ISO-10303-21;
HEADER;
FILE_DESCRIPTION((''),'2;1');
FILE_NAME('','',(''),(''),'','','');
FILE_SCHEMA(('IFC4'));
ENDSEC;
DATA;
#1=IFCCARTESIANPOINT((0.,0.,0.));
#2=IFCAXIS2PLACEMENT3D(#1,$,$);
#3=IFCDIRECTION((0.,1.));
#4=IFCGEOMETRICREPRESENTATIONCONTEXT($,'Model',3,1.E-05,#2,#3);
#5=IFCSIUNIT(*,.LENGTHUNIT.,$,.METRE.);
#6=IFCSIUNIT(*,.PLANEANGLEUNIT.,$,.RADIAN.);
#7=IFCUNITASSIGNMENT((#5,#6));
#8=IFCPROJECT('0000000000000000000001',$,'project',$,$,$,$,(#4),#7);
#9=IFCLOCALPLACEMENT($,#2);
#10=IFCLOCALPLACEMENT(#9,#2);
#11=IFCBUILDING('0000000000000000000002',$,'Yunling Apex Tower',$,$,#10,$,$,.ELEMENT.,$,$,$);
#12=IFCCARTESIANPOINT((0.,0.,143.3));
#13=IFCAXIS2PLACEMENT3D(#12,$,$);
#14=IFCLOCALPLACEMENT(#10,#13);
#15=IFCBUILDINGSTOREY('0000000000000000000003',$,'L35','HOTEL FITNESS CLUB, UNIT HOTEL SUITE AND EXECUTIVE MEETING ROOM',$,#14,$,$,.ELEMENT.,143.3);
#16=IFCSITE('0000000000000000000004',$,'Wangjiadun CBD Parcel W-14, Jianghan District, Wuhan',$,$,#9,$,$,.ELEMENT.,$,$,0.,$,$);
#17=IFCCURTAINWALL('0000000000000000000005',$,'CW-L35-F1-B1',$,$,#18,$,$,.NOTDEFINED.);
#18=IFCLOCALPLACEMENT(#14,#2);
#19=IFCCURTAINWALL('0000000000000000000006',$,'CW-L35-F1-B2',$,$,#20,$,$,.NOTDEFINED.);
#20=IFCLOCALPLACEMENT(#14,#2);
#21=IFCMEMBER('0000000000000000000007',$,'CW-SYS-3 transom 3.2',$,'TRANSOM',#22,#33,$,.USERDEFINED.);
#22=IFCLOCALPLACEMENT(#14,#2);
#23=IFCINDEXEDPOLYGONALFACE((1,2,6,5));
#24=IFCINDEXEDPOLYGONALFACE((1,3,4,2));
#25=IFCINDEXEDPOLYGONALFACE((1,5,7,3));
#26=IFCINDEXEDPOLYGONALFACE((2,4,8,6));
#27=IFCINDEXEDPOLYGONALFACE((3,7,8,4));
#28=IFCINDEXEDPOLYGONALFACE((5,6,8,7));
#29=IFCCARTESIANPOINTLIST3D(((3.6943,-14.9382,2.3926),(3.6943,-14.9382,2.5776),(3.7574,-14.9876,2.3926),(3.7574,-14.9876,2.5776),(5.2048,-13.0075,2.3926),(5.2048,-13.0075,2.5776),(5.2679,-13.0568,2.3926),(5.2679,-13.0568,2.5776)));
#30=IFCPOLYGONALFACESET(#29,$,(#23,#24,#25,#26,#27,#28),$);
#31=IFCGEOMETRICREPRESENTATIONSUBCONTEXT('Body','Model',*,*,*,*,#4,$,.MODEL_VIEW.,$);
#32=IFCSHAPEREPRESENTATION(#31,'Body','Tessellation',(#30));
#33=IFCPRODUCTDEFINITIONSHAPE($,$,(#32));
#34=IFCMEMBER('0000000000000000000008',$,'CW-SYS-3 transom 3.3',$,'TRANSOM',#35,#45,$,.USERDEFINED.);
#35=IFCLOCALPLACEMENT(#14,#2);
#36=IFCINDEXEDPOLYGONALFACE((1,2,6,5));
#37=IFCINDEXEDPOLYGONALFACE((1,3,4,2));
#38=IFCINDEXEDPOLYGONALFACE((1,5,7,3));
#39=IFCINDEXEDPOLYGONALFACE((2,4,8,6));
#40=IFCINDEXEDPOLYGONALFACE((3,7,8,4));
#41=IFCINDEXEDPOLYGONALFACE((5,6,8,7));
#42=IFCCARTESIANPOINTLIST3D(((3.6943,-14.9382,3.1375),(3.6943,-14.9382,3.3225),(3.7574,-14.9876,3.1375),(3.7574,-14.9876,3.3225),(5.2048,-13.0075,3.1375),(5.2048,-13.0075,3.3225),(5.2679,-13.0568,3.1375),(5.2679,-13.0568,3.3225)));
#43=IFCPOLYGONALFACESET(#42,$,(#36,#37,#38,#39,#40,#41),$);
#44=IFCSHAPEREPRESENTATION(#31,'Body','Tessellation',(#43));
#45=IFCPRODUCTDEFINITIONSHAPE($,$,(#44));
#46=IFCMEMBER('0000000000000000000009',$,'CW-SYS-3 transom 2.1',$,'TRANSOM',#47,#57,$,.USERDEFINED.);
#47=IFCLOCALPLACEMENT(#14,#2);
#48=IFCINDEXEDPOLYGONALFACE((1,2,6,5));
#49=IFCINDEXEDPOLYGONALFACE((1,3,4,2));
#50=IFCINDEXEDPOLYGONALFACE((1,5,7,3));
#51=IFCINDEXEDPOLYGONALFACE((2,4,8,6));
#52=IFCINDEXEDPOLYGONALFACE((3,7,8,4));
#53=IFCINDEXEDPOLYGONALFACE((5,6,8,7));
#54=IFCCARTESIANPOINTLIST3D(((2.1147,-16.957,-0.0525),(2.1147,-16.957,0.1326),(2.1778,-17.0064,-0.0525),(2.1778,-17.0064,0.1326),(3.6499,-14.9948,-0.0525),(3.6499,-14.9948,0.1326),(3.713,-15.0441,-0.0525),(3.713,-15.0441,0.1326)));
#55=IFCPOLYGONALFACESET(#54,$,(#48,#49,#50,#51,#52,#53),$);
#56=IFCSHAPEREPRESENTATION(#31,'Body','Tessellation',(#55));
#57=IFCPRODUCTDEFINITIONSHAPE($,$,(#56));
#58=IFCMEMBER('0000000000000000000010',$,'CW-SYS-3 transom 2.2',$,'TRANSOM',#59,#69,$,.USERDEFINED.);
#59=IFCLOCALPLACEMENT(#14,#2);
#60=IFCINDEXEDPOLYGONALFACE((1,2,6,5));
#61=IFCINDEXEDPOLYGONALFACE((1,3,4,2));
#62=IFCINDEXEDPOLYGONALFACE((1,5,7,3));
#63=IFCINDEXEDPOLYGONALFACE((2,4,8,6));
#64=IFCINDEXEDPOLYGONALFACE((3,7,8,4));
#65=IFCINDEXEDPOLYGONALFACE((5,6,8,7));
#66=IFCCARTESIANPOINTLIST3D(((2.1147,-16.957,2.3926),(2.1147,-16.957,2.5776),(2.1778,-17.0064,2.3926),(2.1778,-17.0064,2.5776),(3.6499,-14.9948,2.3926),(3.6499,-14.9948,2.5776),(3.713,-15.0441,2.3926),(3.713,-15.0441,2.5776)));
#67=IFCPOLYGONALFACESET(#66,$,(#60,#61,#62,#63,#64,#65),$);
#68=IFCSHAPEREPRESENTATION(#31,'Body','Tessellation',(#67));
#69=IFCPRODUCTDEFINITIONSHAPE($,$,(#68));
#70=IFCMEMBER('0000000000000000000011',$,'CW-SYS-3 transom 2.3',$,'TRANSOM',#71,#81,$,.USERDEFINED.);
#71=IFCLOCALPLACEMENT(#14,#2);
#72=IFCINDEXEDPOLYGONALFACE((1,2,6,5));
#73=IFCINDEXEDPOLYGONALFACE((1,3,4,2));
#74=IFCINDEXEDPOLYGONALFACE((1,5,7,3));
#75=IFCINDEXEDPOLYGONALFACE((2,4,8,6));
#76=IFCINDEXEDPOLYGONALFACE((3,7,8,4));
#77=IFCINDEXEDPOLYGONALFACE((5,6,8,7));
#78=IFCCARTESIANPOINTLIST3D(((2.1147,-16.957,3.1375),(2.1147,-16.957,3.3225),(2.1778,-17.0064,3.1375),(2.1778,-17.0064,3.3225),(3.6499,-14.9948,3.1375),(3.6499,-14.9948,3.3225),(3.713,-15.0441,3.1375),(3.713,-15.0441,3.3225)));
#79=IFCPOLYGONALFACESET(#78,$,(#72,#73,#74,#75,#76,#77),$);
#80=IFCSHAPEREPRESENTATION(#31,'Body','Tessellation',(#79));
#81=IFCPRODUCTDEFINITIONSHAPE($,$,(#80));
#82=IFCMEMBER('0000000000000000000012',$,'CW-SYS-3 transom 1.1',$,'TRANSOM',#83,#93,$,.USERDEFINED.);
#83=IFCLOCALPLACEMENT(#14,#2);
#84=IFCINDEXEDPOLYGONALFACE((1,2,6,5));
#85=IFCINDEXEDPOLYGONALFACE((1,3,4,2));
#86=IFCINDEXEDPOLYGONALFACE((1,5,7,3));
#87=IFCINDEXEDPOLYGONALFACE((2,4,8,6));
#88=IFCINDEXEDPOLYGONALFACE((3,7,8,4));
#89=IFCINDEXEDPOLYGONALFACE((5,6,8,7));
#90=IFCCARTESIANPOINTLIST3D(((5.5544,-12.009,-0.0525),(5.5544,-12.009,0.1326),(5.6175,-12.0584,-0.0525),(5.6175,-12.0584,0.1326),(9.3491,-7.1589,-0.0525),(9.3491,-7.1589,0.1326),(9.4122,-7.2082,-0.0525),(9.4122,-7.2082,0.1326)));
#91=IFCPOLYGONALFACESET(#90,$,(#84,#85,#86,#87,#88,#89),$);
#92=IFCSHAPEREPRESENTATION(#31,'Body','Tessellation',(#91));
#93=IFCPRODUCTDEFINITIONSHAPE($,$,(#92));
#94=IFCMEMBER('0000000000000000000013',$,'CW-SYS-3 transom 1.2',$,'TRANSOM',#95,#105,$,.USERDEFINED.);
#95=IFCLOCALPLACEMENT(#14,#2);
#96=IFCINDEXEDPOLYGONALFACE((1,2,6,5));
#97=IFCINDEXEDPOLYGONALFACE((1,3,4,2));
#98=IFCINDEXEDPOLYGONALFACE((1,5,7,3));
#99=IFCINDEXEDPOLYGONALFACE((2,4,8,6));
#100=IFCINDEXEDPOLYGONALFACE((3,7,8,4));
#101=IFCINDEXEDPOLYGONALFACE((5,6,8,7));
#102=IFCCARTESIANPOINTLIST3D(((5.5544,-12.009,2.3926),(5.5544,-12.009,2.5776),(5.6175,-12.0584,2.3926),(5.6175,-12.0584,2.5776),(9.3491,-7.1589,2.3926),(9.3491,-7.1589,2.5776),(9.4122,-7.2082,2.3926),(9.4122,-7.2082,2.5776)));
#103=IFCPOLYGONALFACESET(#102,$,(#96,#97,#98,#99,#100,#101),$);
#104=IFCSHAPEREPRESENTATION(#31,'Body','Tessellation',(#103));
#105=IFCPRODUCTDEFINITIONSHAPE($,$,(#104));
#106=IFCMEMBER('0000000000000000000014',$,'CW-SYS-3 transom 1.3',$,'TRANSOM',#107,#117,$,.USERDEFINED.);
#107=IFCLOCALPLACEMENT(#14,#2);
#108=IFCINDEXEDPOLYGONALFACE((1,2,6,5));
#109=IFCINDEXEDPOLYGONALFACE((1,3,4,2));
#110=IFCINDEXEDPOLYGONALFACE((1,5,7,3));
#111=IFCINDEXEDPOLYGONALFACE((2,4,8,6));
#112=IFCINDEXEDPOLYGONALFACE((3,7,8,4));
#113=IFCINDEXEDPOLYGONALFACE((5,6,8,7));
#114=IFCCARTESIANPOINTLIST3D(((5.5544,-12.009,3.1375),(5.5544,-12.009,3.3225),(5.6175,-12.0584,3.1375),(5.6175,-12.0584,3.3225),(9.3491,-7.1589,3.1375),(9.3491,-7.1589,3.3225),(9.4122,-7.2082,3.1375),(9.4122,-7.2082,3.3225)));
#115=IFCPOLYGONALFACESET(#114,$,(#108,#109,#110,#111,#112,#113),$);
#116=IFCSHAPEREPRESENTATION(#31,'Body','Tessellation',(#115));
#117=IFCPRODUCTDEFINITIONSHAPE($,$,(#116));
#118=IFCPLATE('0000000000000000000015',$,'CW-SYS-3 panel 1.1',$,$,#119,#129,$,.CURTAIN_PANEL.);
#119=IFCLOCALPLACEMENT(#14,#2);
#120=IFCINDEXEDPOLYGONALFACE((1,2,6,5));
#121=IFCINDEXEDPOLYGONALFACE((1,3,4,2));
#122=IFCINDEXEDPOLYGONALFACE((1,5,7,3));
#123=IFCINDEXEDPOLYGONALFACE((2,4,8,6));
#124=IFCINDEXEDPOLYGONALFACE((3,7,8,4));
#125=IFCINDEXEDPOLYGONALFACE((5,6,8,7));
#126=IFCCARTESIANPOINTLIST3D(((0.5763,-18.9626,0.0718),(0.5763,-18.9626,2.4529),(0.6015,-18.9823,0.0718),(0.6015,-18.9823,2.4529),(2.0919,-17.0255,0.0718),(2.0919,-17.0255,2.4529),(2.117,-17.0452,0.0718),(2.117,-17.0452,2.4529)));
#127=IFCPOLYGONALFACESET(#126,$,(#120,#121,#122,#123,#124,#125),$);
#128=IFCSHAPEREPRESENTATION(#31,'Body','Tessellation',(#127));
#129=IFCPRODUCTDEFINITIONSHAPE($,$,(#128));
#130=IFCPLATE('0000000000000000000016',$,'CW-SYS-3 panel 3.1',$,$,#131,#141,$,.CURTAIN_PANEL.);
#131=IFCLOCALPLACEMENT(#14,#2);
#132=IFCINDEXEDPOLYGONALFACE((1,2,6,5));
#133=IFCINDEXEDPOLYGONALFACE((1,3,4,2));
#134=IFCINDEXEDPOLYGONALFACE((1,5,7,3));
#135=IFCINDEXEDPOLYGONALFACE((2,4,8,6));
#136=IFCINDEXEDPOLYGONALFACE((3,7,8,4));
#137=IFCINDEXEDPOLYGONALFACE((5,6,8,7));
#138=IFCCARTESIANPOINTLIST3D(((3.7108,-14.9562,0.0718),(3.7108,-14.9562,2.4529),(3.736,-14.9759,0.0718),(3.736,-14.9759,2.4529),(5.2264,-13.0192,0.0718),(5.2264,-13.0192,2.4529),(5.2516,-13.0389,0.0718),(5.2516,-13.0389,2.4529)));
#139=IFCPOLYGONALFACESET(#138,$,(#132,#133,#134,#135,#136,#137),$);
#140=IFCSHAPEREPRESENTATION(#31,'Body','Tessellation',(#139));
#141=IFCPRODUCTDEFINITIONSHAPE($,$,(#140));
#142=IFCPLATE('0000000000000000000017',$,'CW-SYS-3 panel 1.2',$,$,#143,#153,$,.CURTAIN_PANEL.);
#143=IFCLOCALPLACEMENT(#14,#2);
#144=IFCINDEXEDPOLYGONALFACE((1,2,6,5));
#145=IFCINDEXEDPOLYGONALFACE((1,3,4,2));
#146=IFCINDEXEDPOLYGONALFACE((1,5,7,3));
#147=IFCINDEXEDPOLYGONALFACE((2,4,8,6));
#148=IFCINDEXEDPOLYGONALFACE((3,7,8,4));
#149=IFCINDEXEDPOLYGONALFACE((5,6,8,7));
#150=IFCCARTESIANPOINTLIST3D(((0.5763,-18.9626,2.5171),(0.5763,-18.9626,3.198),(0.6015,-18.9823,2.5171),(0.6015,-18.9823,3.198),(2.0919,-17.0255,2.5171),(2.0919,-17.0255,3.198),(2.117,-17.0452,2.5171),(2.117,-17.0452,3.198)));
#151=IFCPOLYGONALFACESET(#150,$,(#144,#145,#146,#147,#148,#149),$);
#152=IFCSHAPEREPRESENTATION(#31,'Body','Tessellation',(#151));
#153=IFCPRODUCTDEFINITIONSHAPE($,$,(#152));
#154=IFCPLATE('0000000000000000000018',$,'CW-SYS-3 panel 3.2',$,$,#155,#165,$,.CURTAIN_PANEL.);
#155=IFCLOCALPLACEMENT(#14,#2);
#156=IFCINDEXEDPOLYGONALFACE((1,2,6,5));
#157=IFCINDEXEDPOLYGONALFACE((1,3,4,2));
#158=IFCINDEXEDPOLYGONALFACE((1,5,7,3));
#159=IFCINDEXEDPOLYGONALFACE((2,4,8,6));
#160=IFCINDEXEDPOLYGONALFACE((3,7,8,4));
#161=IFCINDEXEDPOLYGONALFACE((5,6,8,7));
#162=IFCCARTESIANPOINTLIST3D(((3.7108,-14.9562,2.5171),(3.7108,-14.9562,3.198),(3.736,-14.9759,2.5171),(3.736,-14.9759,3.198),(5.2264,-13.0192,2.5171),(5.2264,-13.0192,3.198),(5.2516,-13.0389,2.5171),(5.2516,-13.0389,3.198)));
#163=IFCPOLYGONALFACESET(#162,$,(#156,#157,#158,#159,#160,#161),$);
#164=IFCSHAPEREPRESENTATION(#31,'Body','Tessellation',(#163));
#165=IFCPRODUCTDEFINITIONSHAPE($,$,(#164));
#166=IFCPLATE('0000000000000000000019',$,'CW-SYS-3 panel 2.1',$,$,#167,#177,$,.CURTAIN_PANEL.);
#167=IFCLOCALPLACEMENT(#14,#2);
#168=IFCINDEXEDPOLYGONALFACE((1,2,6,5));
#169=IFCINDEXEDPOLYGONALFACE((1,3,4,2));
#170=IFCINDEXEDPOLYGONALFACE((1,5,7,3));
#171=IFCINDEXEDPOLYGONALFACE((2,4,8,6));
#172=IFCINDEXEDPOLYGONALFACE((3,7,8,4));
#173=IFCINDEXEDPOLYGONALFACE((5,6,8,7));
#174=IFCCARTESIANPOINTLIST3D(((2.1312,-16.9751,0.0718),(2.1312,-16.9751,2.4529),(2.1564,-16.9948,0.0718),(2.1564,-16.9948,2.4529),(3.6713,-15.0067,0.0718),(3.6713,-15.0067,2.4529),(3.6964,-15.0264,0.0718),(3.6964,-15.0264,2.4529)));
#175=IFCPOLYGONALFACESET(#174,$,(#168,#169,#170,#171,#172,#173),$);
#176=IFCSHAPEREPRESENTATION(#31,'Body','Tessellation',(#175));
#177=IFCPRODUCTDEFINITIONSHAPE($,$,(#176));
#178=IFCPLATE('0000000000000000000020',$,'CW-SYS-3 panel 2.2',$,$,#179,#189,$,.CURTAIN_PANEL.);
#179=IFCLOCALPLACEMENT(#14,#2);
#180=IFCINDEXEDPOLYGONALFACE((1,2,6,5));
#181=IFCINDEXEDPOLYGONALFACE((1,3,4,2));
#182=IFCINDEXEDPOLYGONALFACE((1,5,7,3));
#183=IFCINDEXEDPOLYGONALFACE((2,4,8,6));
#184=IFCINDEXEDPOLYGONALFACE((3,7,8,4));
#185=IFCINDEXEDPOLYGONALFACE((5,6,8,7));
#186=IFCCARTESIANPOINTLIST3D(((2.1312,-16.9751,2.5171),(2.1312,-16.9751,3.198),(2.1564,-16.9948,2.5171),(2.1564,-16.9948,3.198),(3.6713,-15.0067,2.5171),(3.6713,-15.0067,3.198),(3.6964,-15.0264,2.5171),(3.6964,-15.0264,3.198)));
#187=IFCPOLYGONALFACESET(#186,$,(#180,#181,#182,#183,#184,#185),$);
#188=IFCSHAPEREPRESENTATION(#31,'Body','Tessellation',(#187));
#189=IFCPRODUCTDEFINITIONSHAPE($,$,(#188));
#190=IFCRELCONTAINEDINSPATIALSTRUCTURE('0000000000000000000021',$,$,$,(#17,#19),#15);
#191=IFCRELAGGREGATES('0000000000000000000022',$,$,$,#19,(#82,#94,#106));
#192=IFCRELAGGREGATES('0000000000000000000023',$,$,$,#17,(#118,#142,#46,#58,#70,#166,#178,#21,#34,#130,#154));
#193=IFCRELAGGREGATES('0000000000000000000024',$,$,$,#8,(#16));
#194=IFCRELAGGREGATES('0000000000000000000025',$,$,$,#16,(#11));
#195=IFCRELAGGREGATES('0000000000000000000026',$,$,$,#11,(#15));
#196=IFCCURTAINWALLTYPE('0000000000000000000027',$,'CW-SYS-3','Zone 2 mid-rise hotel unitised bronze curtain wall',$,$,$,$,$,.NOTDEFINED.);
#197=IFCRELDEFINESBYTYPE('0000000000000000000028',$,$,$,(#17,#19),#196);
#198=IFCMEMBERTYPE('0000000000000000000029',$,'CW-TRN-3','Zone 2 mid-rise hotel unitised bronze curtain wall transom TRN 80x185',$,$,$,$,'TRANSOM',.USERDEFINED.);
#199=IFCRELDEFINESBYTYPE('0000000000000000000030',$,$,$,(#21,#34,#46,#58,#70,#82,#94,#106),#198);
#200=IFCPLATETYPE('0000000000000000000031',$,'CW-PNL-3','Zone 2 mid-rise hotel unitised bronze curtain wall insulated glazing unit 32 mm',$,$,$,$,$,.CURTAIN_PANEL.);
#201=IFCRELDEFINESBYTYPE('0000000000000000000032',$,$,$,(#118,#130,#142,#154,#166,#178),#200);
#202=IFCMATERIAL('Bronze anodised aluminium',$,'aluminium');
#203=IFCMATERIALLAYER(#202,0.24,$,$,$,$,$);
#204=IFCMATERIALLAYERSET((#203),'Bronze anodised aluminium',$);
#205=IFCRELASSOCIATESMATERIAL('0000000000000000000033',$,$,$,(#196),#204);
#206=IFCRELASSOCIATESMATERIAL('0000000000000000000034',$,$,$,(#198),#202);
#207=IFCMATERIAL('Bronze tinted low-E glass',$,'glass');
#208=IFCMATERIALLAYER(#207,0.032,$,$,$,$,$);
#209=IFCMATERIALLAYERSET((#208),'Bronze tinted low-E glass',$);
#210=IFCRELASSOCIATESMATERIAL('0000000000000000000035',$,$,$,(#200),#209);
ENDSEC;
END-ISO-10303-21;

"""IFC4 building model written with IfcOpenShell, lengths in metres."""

from ifc_helpers import new_model, si_unit, direction, frame, origin, origin_2d, place, context, subcontext, project, spatial, rectangle, extrude, source, transform, mapped, material, layer, layer_set, material_profile, profile_set, type_object, element, aggregate, save


model = new_model("IFC4")

# Units and contexts
model_context = context("Model", 3, precision=1e-05, world=origin(), true_north=direction((0.0, 1.0)))
body_context = subcontext(model_context, "Body", "Model", "MODEL_VIEW")
ifc_project = project(units=[si_unit("LENGTHUNIT", "METRE"), si_unit("PLANEANGLEUNIT", "RADIAN")], contexts=[model_context])

# Site, building, storey
site_placement = place(None, origin())
site = spatial("IfcSite", under=ifc_project, at=site_placement, Name="Wangjiadun CBD Parcel W-14, Jianghan District, Wuhan", CompositionType="ELEMENT", RefElevation=0.0)
building_placement = place(site_placement, origin())
building = spatial("IfcBuilding", under=site, at=building_placement, Name="Yunling Apex Tower", CompositionType="ELEMENT")
storey_placement = place(building_placement, frame((0.0, 0.0, 143.3)))
storey = spatial("IfcBuildingStorey", under=building, at=storey_placement, Name="L35", Description="HOTEL FITNESS CLUB, UNIT HOTEL SUITE AND EXECUTIVE MEETING ROOM", CompositionType="ELEMENT", Elevation=143.3)

# Curtain wall
ifc_material_1 = material(Name="Bronze anodised aluminium", Category="aluminium")
ifc_layer_1 = layer(ifc_material_1, 0.24)
ifc_layer_set_1 = layer_set([ifc_layer_1], Name="Bronze anodised aluminium")
curtain_wall_type = type_object("IfcCurtainWallType", Name="CW-SYS-3", Description="Zone 2 mid-rise hotel unitised bronze curtain wall", PredefinedType="NOTDEFINED", material=ifc_layer_set_1)
curtain_wall_1_placement = place(storey_placement, origin())
curtain_wall_1 = element("IfcCurtainWall", 1, at=curtain_wall_1_placement, inside=storey, type_object=curtain_wall_type, Name="CW-L35-F1-B1", PredefinedType="NOTDEFINED")

# Curtain wall
curtain_wall_2_placement = place(storey_placement, origin())
curtain_wall_2 = element("IfcCurtainWall", 2, at=curtain_wall_2_placement, inside=storey, type_object=curtain_wall_type, Name="CW-L35-F1-B2", PredefinedType="NOTDEFINED")

# Members
ifc_material_profile_1 = material_profile(ifc_material_1, rectangle(XDim=0.0801, YDim=0.1851, at=origin_2d()))
ifc_profile_set_1 = profile_set([ifc_material_profile_1], Name="Bronze anodised aluminium")
member_type_1 = type_object("IfcMemberType", Name="CW-TRN-3", Description="Zone 2 mid-rise hotel unitised bronze curtain wall transom TRN 80x185", ElementType="TRANSOM", PredefinedType="USERDEFINED", material=ifc_profile_set_1)
shared_shape_1 = source(origin(), body_context, "Body", "SweptSolid", [
    extrude(rectangle(XDim=0.0801, YDim=0.1851, at=origin_2d()), origin(), (0.0, 0.0, 1.0), 2.4514),
])
member_1_placement = place(storey_placement, frame((3.7258, -14.9629, 2.4851), z_axis=(0.616193, 0.787595, 0.0), x_axis=(-0.787595, 0.616193, 0.0)))
member_1 = element("IfcMember", 3, at=member_1_placement, type_object=member_type_1, Name="CW-SYS-3 transom 3.2", ObjectType="TRANSOM", PredefinedType="USERDEFINED", context=body_context, shape_type="MappedRepresentation", body=[
    mapped(shared_shape_1, transform((0.0, 0.0, 0.0), scale=1.0)),
])
member_2_placement = place(storey_placement, frame((3.7258, -14.9629, 3.23), z_axis=(0.616193, 0.787595, 0.0), x_axis=(-0.787595, 0.616193, 0.0)))
member_2 = element("IfcMember", 4, at=member_2_placement, type_object=member_type_1, Name="CW-SYS-3 transom 3.3", ObjectType="TRANSOM", PredefinedType="USERDEFINED", context=body_context, shape_type="MappedRepresentation", body=[
    mapped(shared_shape_1, transform((0.0, 0.0, 0.0), scale=1.0)),
])
shared_shape_2 = source(origin(), body_context, "Body", "SweptSolid", [
    extrude(rectangle(XDim=0.0801, YDim=0.1851, at=origin_2d()), origin(), (0.0, 0.0, 1.0), 2.4915),
])
member_3_placement = place(storey_placement, frame((2.1462, -16.9817, 0.04), z_axis=(0.616197, 0.787592, 0.0), x_axis=(-0.787592, 0.616197, 0.0)))
member_3 = element("IfcMember", 5, at=member_3_placement, type_object=member_type_1, Name="CW-SYS-3 transom 2.1", ObjectType="TRANSOM", PredefinedType="USERDEFINED", context=body_context, shape_type="MappedRepresentation", body=[
    mapped(shared_shape_2, transform((0.0, 0.0, 0.0), scale=1.0)),
])
member_4_placement = place(storey_placement, frame((2.1462, -16.9817, 2.4851), z_axis=(0.616197, 0.787592, 0.0), x_axis=(-0.787592, 0.616197, 0.0)))
member_4 = element("IfcMember", 6, at=member_4_placement, type_object=member_type_1, Name="CW-SYS-3 transom 2.2", ObjectType="TRANSOM", PredefinedType="USERDEFINED", context=body_context, shape_type="MappedRepresentation", body=[
    mapped(shared_shape_2, transform((0.0, 0.0, 0.0), scale=1.0)),
])
member_5_placement = place(storey_placement, frame((2.1462, -16.9817, 3.23), z_axis=(0.616197, 0.787592, 0.0), x_axis=(-0.787592, 0.616197, 0.0)))
member_5 = element("IfcMember", 7, at=member_5_placement, type_object=member_type_1, Name="CW-SYS-3 transom 2.3", ObjectType="TRANSOM", PredefinedType="USERDEFINED", context=body_context, shape_type="MappedRepresentation", body=[
    mapped(shared_shape_2, transform((0.0, 0.0, 0.0), scale=1.0)),
])
shared_shape_3 = source(origin(), body_context, "Body", "SweptSolid", [
    extrude(rectangle(XDim=0.0801, YDim=0.1851, at=origin_2d()), origin(), (0.0, 0.0, 1.0), 6.1582),
])
member_6_placement = place(storey_placement, frame((5.5859, -12.0337, 0.04), z_axis=(0.616202, 0.787588, 0.0), x_axis=(-0.787588, 0.616202, 0.0)))
member_6 = element("IfcMember", 8, at=member_6_placement, type_object=member_type_1, Name="CW-SYS-3 transom 1.1", ObjectType="TRANSOM", PredefinedType="USERDEFINED", context=body_context, shape_type="MappedRepresentation", body=[
    mapped(shared_shape_3, transform((0.0, 0.0, 0.0), scale=1.0)),
])
member_7_placement = place(storey_placement, frame((5.5859, -12.0337, 2.4851), z_axis=(0.616202, 0.787588, 0.0), x_axis=(-0.787588, 0.616202, 0.0)))
member_7 = element("IfcMember", 9, at=member_7_placement, type_object=member_type_1, Name="CW-SYS-3 transom 1.2", ObjectType="TRANSOM", PredefinedType="USERDEFINED", context=body_context, shape_type="MappedRepresentation", body=[
    mapped(shared_shape_3, transform((0.0, 0.0, 0.0), scale=1.0)),
])
member_8_placement = place(storey_placement, frame((5.5859, -12.0337, 3.23), z_axis=(0.616202, 0.787588, 0.0), x_axis=(-0.787588, 0.616202, 0.0)))
member_8 = element("IfcMember", 10, at=member_8_placement, type_object=member_type_1, Name="CW-SYS-3 transom 1.3", ObjectType="TRANSOM", PredefinedType="USERDEFINED", context=body_context, shape_type="MappedRepresentation", body=[
    mapped(shared_shape_3, transform((0.0, 0.0, 0.0), scale=1.0)),
])
aggregate(curtain_wall_2, [member_6, member_7, member_8])

# Plates
ifc_material_2 = material(Name="Bronze tinted low-E glass", Category="glass")
ifc_layer_2 = layer(ifc_material_2, 0.032)
ifc_layer_set_2 = layer_set([ifc_layer_2], Name="Bronze tinted low-E glass")
plate_type = type_object("IfcPlateType", Name="CW-PNL-3", Description="Zone 2 mid-rise hotel unitised bronze curtain wall insulated glazing unit 32 mm", PredefinedType="CURTAIN_PANEL", material=ifc_layer_set_2)
shared_shape_4 = source(origin(), body_context, "Body", "SweptSolid", [
    extrude(rectangle(XDim=2.4595, YDim=0.032, at=origin_2d()), origin(), (0.0, 0.0, 1.0), 2.3811),
])
plate_1_placement = place(storey_placement, frame((1.3467, -18.0039, 0.0718), z_axis=(0.0, 0.0, 1.0), x_axis=(0.616208, 0.787584, 0.0)))
plate_1 = element("IfcPlate", 11, at=plate_1_placement, type_object=plate_type, Name="CW-SYS-3 panel 1.1", PredefinedType="CURTAIN_PANEL", context=body_context, shape_type="MappedRepresentation", body=[
    mapped(shared_shape_4, transform((0.0, 0.0, 0.0), scale=1.0)),
])
plate_2_placement = place(storey_placement, frame((4.4812, -13.9976, 0.0718), z_axis=(0.0, 0.0, 1.0), x_axis=(0.616208, 0.787584, 0.0)))
plate_2 = element("IfcPlate", 12, at=plate_2_placement, type_object=plate_type, Name="CW-SYS-3 panel 3.1", PredefinedType="CURTAIN_PANEL", context=body_context, shape_type="MappedRepresentation", body=[
    mapped(shared_shape_4, transform((0.0, 0.0, 0.0), scale=1.0)),
])
shared_shape_5 = source(origin(), body_context, "Body", "SweptSolid", [
    extrude(rectangle(XDim=2.4595, YDim=0.032, at=origin_2d()), origin(), (0.0, 0.0, 1.0), 0.6809),
])
plate_3_placement = place(storey_placement, frame((1.3467, -18.0039, 2.5171), z_axis=(0.0, 0.0, 1.0), x_axis=(0.616208, 0.787584, 0.0)))
plate_3 = element("IfcPlate", 13, at=plate_3_placement, type_object=plate_type, Name="CW-SYS-3 panel 1.2", PredefinedType="CURTAIN_PANEL", context=body_context, shape_type="MappedRepresentation", body=[
    mapped(shared_shape_5, transform((0.0, 0.0, 0.0), scale=1.0)),
])
plate_4_placement = place(storey_placement, frame((4.4812, -13.9976, 2.5171), z_axis=(0.0, 0.0, 1.0), x_axis=(0.616208, 0.787584, 0.0)))
plate_4 = element("IfcPlate", 14, at=plate_4_placement, type_object=plate_type, Name="CW-SYS-3 panel 3.2", PredefinedType="CURTAIN_PANEL", context=body_context, shape_type="MappedRepresentation", body=[
    mapped(shared_shape_5, transform((0.0, 0.0, 0.0), scale=1.0)),
])
shared_shape_6 = source(origin(), body_context, "Body", "SweptSolid", [
    extrude(rectangle(XDim=2.4993, YDim=0.032, at=origin_2d()), origin(), (0.0, 0.0, 1.0), 2.3811),
])
plate_5_placement = place(storey_placement, frame((2.9138, -16.0007, 0.0718), z_axis=(0.0, 0.0, 1.0), x_axis=(0.616208, 0.787584, 0.0)))
plate_5 = element("IfcPlate", 15, at=plate_5_placement, type_object=plate_type, Name="CW-SYS-3 panel 2.1", PredefinedType="CURTAIN_PANEL", context=body_context, shape_type="MappedRepresentation", body=[
    mapped(shared_shape_6, transform((0.0, 0.0, 0.0), scale=1.0)),
])
shared_shape_7 = source(origin(), body_context, "Body", "SweptSolid", [
    extrude(rectangle(XDim=2.4993, YDim=0.032, at=origin_2d()), origin(), (0.0, 0.0, 1.0), 0.6809),
])
plate_6_placement = place(storey_placement, frame((2.9138, -16.0007, 2.5171), z_axis=(0.0, 0.0, 1.0), x_axis=(0.616208, 0.787584, 0.0)))
plate_6 = element("IfcPlate", 16, at=plate_6_placement, type_object=plate_type, Name="CW-SYS-3 panel 2.2", PredefinedType="CURTAIN_PANEL", context=body_context, shape_type="MappedRepresentation", body=[
    mapped(shared_shape_7, transform((0.0, 0.0, 0.0), scale=1.0)),
])
aggregate(curtain_wall_1, [plate_1, plate_3, member_3, member_4, member_5, plate_5, plate_6, member_1, member_2, plate_2, plate_4])

save(model, "model.ifc")
